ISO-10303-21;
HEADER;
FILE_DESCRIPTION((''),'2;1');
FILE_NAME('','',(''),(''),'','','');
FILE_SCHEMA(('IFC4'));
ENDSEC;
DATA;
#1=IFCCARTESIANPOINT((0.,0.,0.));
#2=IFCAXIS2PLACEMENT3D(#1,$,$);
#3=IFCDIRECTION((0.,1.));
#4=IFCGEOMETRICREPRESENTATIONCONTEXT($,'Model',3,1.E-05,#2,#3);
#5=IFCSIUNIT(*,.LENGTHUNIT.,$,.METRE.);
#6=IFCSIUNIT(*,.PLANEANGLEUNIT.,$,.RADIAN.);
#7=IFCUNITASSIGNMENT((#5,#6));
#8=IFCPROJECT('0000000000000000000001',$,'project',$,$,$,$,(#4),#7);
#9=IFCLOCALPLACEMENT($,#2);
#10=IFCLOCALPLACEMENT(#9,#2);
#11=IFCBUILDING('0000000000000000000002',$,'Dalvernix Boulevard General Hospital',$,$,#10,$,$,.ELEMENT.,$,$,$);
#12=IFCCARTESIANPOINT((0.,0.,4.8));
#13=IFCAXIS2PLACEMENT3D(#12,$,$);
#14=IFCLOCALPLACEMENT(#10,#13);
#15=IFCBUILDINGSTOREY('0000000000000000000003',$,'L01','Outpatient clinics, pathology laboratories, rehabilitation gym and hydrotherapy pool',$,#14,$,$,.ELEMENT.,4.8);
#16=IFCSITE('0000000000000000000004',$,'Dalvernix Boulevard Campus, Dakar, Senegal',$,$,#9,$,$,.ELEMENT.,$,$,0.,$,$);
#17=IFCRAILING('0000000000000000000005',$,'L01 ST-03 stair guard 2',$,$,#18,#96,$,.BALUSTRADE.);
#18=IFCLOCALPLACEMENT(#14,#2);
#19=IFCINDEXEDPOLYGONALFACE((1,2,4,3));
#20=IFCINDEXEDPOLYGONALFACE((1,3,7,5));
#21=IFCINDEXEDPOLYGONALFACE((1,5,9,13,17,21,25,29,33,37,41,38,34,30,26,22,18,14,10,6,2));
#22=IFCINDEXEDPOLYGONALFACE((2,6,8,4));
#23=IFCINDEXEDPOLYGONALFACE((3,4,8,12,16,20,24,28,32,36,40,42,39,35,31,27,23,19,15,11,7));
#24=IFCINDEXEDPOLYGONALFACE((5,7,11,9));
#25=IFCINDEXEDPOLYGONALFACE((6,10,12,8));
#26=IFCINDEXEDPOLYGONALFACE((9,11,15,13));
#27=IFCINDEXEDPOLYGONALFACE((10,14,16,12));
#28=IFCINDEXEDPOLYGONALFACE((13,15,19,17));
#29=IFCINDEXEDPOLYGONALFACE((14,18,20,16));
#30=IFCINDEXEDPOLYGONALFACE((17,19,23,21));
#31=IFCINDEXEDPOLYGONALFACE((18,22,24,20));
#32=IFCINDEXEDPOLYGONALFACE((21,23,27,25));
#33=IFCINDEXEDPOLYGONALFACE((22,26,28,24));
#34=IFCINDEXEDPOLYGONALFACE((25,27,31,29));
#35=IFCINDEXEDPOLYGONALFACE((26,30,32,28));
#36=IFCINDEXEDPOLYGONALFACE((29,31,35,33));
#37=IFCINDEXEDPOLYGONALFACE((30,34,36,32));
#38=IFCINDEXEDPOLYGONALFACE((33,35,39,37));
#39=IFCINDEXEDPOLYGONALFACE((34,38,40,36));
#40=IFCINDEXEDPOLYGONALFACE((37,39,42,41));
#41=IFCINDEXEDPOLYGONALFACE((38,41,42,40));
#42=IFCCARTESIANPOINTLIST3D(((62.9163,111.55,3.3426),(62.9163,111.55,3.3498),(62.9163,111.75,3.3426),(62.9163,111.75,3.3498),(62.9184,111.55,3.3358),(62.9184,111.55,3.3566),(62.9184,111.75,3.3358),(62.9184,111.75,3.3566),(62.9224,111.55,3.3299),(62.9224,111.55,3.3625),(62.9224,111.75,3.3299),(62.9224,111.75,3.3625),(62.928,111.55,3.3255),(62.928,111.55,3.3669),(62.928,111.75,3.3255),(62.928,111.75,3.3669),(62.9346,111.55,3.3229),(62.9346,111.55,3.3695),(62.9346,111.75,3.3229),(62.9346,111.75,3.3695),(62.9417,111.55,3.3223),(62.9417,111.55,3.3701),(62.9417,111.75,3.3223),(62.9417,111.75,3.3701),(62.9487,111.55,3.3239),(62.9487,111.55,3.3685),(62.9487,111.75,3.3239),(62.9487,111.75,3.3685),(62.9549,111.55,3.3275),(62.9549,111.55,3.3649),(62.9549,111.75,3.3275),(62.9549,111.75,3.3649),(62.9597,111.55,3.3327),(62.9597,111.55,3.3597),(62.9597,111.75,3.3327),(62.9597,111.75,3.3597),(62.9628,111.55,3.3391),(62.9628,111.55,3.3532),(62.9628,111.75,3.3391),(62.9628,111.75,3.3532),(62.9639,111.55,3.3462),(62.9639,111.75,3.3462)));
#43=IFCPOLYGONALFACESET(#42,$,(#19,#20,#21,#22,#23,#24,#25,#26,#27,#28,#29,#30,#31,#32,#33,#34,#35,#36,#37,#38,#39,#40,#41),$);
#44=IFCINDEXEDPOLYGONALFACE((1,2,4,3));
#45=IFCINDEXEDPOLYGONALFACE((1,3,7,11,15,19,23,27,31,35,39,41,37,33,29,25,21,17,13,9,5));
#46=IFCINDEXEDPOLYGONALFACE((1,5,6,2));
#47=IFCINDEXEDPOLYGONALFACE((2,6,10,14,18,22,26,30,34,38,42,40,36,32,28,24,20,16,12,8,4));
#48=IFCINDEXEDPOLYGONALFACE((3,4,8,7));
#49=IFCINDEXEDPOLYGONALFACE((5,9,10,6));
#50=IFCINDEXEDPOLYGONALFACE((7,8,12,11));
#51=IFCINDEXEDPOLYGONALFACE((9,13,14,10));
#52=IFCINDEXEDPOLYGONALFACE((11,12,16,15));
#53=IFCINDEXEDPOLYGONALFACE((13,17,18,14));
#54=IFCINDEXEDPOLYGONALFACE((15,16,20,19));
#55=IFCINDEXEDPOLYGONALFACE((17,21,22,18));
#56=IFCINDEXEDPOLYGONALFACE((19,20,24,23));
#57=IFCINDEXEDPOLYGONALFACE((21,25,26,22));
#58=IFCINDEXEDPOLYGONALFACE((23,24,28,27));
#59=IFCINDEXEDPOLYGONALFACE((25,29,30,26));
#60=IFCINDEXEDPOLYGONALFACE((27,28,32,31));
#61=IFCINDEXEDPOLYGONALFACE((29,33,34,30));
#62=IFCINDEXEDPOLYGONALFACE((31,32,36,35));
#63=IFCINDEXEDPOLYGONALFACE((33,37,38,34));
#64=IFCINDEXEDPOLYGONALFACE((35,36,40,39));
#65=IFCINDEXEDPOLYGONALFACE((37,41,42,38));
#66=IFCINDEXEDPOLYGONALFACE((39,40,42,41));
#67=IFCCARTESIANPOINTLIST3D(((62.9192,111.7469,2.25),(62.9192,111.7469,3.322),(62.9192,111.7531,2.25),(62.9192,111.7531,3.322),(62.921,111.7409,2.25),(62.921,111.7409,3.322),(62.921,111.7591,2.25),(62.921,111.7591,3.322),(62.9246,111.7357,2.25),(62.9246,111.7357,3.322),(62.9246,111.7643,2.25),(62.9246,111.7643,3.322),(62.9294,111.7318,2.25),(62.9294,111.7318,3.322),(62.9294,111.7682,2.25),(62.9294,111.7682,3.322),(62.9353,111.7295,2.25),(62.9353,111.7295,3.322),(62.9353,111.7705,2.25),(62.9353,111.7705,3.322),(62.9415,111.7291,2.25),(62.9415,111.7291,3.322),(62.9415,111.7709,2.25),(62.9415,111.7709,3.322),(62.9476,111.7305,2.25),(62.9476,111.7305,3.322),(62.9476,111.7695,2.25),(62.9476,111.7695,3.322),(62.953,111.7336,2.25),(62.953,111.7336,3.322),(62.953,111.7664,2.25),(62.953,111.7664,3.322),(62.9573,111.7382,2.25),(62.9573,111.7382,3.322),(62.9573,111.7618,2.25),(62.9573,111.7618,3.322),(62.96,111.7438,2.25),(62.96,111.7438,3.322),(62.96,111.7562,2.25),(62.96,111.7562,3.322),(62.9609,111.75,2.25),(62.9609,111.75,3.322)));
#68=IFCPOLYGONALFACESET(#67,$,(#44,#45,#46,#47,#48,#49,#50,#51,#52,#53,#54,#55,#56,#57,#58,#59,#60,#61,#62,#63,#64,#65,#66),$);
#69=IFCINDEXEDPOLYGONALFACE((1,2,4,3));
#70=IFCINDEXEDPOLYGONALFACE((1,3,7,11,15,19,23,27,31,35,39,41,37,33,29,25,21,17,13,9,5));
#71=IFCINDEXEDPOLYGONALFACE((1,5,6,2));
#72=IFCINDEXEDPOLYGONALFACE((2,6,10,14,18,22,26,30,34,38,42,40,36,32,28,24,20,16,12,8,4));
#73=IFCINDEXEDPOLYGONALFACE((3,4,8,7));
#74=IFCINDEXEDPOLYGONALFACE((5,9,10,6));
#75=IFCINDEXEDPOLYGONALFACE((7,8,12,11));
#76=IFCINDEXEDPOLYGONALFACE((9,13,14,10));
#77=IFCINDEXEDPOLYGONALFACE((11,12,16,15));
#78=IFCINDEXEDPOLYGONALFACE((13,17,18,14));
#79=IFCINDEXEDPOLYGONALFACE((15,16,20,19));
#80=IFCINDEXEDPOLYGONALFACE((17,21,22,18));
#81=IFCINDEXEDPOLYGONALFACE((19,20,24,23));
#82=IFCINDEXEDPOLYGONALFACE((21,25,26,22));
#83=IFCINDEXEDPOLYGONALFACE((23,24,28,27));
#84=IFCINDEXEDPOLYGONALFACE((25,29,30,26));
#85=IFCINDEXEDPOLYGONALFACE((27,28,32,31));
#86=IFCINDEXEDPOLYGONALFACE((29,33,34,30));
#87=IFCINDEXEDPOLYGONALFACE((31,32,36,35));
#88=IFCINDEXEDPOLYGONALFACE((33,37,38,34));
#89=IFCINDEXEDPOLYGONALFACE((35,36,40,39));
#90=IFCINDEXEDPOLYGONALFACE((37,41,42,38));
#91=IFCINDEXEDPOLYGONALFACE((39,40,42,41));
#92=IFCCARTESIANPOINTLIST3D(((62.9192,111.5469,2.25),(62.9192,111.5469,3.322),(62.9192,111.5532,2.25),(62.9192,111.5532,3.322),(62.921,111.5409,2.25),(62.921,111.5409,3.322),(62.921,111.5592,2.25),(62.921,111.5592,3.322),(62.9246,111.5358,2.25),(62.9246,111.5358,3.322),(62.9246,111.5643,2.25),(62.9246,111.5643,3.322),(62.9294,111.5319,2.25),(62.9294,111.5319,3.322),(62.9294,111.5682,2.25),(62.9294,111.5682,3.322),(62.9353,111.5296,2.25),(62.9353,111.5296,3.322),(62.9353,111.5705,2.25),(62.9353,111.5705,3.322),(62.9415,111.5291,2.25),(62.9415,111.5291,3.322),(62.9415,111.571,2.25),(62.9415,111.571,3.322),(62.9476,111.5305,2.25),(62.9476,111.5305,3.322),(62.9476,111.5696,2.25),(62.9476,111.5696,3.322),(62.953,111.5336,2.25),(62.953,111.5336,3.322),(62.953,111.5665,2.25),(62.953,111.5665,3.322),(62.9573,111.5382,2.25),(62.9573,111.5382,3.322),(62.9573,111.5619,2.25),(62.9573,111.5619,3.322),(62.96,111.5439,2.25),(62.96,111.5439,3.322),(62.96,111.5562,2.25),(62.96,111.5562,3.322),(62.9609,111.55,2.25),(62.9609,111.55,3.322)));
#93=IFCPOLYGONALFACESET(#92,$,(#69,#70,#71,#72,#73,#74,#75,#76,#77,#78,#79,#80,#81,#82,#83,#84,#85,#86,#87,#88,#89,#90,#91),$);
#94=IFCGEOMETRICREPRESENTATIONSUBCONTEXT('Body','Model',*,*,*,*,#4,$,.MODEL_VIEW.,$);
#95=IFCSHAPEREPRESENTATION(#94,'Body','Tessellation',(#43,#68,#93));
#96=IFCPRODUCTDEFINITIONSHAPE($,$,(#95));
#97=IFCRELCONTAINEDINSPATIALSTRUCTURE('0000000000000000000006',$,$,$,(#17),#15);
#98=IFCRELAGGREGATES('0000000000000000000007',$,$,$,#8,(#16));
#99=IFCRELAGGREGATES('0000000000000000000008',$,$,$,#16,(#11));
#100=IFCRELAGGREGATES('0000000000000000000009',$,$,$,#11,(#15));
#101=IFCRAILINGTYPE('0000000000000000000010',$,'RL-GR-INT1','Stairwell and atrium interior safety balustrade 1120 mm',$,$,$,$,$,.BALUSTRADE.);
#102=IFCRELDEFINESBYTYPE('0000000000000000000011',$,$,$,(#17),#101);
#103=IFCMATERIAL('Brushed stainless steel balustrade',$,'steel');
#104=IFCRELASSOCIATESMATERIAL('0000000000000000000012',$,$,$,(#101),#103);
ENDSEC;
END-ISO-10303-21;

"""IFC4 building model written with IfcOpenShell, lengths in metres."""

from ifc_helpers import new_model, si_unit, direction, frame, origin, origin_2d, place, context, subcontext, project, spatial, circle, extrude, material, type_object, element, save


model = new_model("IFC4")

# Units and contexts
model_context = context("Model", 3, precision=1e-05, world=origin(), true_north=direction((0.0, 1.0)))
body_context = subcontext(model_context, "Body", "Model", "MODEL_VIEW")
ifc_project = project(units=[si_unit("LENGTHUNIT", "METRE"), si_unit("PLANEANGLEUNIT", "RADIAN")], contexts=[model_context])

# Site, building, storey
site_placement = place(None, origin())
site = spatial("IfcSite", under=ifc_project, at=site_placement, Name="Dalvernix Boulevard Campus, Dakar, Senegal", CompositionType="ELEMENT", RefElevation=0.0)
building_placement = place(site_placement, origin())
building = spatial("IfcBuilding", under=site, at=building_placement, Name="Dalvernix Boulevard General Hospital", CompositionType="ELEMENT")
storey_placement = place(building_placement, frame((0.0, 0.0, 4.8)))
storey = spatial("IfcBuildingStorey", under=building, at=storey_placement, Name="L01", Description="Outpatient clinics, pathology laboratories, rehabilitation gym and hydrotherapy pool", CompositionType="ELEMENT", Elevation=4.8)

# Railing
ifc_material_1 = material(Name="Brushed stainless steel balustrade", Category="steel")
railing_type_1 = type_object("IfcRailingType", Name="RL-GR-INT1", Description="Stairwell and atrium interior safety balustrade 1120 mm", PredefinedType="BALUSTRADE", material=ifc_material_1)
railing_1_placement = place(storey_placement, frame((62.9399, 111.75, 2.25)))
element("IfcRailing", 1, at=railing_1_placement, inside=storey, type_object=railing_type_1, Name="L01 ST-03 stair guard 2", PredefinedType="BALUSTRADE", context=body_context, shape_type="SweptSolid", body=[
    extrude(circle(Radius=0.0239, at=origin_2d()), frame((0.0, 0.0, 1.0962), z_axis=(0.0, -1.0, 0.0), x_axis=(1.0, 0.0, 0.0)), (0.0, 0.0, 1.0), 0.2),
    extrude(circle(Radius=0.021, at=origin_2d()), origin(), (0.0, 0.0, 1.0), 1.072),
    extrude(circle(Radius=0.021, at=origin_2d()), frame((0.0, -0.2, 0.0)), (0.0, 0.0, 1.0), 1.072),
])

save(model, "model.ifc")
